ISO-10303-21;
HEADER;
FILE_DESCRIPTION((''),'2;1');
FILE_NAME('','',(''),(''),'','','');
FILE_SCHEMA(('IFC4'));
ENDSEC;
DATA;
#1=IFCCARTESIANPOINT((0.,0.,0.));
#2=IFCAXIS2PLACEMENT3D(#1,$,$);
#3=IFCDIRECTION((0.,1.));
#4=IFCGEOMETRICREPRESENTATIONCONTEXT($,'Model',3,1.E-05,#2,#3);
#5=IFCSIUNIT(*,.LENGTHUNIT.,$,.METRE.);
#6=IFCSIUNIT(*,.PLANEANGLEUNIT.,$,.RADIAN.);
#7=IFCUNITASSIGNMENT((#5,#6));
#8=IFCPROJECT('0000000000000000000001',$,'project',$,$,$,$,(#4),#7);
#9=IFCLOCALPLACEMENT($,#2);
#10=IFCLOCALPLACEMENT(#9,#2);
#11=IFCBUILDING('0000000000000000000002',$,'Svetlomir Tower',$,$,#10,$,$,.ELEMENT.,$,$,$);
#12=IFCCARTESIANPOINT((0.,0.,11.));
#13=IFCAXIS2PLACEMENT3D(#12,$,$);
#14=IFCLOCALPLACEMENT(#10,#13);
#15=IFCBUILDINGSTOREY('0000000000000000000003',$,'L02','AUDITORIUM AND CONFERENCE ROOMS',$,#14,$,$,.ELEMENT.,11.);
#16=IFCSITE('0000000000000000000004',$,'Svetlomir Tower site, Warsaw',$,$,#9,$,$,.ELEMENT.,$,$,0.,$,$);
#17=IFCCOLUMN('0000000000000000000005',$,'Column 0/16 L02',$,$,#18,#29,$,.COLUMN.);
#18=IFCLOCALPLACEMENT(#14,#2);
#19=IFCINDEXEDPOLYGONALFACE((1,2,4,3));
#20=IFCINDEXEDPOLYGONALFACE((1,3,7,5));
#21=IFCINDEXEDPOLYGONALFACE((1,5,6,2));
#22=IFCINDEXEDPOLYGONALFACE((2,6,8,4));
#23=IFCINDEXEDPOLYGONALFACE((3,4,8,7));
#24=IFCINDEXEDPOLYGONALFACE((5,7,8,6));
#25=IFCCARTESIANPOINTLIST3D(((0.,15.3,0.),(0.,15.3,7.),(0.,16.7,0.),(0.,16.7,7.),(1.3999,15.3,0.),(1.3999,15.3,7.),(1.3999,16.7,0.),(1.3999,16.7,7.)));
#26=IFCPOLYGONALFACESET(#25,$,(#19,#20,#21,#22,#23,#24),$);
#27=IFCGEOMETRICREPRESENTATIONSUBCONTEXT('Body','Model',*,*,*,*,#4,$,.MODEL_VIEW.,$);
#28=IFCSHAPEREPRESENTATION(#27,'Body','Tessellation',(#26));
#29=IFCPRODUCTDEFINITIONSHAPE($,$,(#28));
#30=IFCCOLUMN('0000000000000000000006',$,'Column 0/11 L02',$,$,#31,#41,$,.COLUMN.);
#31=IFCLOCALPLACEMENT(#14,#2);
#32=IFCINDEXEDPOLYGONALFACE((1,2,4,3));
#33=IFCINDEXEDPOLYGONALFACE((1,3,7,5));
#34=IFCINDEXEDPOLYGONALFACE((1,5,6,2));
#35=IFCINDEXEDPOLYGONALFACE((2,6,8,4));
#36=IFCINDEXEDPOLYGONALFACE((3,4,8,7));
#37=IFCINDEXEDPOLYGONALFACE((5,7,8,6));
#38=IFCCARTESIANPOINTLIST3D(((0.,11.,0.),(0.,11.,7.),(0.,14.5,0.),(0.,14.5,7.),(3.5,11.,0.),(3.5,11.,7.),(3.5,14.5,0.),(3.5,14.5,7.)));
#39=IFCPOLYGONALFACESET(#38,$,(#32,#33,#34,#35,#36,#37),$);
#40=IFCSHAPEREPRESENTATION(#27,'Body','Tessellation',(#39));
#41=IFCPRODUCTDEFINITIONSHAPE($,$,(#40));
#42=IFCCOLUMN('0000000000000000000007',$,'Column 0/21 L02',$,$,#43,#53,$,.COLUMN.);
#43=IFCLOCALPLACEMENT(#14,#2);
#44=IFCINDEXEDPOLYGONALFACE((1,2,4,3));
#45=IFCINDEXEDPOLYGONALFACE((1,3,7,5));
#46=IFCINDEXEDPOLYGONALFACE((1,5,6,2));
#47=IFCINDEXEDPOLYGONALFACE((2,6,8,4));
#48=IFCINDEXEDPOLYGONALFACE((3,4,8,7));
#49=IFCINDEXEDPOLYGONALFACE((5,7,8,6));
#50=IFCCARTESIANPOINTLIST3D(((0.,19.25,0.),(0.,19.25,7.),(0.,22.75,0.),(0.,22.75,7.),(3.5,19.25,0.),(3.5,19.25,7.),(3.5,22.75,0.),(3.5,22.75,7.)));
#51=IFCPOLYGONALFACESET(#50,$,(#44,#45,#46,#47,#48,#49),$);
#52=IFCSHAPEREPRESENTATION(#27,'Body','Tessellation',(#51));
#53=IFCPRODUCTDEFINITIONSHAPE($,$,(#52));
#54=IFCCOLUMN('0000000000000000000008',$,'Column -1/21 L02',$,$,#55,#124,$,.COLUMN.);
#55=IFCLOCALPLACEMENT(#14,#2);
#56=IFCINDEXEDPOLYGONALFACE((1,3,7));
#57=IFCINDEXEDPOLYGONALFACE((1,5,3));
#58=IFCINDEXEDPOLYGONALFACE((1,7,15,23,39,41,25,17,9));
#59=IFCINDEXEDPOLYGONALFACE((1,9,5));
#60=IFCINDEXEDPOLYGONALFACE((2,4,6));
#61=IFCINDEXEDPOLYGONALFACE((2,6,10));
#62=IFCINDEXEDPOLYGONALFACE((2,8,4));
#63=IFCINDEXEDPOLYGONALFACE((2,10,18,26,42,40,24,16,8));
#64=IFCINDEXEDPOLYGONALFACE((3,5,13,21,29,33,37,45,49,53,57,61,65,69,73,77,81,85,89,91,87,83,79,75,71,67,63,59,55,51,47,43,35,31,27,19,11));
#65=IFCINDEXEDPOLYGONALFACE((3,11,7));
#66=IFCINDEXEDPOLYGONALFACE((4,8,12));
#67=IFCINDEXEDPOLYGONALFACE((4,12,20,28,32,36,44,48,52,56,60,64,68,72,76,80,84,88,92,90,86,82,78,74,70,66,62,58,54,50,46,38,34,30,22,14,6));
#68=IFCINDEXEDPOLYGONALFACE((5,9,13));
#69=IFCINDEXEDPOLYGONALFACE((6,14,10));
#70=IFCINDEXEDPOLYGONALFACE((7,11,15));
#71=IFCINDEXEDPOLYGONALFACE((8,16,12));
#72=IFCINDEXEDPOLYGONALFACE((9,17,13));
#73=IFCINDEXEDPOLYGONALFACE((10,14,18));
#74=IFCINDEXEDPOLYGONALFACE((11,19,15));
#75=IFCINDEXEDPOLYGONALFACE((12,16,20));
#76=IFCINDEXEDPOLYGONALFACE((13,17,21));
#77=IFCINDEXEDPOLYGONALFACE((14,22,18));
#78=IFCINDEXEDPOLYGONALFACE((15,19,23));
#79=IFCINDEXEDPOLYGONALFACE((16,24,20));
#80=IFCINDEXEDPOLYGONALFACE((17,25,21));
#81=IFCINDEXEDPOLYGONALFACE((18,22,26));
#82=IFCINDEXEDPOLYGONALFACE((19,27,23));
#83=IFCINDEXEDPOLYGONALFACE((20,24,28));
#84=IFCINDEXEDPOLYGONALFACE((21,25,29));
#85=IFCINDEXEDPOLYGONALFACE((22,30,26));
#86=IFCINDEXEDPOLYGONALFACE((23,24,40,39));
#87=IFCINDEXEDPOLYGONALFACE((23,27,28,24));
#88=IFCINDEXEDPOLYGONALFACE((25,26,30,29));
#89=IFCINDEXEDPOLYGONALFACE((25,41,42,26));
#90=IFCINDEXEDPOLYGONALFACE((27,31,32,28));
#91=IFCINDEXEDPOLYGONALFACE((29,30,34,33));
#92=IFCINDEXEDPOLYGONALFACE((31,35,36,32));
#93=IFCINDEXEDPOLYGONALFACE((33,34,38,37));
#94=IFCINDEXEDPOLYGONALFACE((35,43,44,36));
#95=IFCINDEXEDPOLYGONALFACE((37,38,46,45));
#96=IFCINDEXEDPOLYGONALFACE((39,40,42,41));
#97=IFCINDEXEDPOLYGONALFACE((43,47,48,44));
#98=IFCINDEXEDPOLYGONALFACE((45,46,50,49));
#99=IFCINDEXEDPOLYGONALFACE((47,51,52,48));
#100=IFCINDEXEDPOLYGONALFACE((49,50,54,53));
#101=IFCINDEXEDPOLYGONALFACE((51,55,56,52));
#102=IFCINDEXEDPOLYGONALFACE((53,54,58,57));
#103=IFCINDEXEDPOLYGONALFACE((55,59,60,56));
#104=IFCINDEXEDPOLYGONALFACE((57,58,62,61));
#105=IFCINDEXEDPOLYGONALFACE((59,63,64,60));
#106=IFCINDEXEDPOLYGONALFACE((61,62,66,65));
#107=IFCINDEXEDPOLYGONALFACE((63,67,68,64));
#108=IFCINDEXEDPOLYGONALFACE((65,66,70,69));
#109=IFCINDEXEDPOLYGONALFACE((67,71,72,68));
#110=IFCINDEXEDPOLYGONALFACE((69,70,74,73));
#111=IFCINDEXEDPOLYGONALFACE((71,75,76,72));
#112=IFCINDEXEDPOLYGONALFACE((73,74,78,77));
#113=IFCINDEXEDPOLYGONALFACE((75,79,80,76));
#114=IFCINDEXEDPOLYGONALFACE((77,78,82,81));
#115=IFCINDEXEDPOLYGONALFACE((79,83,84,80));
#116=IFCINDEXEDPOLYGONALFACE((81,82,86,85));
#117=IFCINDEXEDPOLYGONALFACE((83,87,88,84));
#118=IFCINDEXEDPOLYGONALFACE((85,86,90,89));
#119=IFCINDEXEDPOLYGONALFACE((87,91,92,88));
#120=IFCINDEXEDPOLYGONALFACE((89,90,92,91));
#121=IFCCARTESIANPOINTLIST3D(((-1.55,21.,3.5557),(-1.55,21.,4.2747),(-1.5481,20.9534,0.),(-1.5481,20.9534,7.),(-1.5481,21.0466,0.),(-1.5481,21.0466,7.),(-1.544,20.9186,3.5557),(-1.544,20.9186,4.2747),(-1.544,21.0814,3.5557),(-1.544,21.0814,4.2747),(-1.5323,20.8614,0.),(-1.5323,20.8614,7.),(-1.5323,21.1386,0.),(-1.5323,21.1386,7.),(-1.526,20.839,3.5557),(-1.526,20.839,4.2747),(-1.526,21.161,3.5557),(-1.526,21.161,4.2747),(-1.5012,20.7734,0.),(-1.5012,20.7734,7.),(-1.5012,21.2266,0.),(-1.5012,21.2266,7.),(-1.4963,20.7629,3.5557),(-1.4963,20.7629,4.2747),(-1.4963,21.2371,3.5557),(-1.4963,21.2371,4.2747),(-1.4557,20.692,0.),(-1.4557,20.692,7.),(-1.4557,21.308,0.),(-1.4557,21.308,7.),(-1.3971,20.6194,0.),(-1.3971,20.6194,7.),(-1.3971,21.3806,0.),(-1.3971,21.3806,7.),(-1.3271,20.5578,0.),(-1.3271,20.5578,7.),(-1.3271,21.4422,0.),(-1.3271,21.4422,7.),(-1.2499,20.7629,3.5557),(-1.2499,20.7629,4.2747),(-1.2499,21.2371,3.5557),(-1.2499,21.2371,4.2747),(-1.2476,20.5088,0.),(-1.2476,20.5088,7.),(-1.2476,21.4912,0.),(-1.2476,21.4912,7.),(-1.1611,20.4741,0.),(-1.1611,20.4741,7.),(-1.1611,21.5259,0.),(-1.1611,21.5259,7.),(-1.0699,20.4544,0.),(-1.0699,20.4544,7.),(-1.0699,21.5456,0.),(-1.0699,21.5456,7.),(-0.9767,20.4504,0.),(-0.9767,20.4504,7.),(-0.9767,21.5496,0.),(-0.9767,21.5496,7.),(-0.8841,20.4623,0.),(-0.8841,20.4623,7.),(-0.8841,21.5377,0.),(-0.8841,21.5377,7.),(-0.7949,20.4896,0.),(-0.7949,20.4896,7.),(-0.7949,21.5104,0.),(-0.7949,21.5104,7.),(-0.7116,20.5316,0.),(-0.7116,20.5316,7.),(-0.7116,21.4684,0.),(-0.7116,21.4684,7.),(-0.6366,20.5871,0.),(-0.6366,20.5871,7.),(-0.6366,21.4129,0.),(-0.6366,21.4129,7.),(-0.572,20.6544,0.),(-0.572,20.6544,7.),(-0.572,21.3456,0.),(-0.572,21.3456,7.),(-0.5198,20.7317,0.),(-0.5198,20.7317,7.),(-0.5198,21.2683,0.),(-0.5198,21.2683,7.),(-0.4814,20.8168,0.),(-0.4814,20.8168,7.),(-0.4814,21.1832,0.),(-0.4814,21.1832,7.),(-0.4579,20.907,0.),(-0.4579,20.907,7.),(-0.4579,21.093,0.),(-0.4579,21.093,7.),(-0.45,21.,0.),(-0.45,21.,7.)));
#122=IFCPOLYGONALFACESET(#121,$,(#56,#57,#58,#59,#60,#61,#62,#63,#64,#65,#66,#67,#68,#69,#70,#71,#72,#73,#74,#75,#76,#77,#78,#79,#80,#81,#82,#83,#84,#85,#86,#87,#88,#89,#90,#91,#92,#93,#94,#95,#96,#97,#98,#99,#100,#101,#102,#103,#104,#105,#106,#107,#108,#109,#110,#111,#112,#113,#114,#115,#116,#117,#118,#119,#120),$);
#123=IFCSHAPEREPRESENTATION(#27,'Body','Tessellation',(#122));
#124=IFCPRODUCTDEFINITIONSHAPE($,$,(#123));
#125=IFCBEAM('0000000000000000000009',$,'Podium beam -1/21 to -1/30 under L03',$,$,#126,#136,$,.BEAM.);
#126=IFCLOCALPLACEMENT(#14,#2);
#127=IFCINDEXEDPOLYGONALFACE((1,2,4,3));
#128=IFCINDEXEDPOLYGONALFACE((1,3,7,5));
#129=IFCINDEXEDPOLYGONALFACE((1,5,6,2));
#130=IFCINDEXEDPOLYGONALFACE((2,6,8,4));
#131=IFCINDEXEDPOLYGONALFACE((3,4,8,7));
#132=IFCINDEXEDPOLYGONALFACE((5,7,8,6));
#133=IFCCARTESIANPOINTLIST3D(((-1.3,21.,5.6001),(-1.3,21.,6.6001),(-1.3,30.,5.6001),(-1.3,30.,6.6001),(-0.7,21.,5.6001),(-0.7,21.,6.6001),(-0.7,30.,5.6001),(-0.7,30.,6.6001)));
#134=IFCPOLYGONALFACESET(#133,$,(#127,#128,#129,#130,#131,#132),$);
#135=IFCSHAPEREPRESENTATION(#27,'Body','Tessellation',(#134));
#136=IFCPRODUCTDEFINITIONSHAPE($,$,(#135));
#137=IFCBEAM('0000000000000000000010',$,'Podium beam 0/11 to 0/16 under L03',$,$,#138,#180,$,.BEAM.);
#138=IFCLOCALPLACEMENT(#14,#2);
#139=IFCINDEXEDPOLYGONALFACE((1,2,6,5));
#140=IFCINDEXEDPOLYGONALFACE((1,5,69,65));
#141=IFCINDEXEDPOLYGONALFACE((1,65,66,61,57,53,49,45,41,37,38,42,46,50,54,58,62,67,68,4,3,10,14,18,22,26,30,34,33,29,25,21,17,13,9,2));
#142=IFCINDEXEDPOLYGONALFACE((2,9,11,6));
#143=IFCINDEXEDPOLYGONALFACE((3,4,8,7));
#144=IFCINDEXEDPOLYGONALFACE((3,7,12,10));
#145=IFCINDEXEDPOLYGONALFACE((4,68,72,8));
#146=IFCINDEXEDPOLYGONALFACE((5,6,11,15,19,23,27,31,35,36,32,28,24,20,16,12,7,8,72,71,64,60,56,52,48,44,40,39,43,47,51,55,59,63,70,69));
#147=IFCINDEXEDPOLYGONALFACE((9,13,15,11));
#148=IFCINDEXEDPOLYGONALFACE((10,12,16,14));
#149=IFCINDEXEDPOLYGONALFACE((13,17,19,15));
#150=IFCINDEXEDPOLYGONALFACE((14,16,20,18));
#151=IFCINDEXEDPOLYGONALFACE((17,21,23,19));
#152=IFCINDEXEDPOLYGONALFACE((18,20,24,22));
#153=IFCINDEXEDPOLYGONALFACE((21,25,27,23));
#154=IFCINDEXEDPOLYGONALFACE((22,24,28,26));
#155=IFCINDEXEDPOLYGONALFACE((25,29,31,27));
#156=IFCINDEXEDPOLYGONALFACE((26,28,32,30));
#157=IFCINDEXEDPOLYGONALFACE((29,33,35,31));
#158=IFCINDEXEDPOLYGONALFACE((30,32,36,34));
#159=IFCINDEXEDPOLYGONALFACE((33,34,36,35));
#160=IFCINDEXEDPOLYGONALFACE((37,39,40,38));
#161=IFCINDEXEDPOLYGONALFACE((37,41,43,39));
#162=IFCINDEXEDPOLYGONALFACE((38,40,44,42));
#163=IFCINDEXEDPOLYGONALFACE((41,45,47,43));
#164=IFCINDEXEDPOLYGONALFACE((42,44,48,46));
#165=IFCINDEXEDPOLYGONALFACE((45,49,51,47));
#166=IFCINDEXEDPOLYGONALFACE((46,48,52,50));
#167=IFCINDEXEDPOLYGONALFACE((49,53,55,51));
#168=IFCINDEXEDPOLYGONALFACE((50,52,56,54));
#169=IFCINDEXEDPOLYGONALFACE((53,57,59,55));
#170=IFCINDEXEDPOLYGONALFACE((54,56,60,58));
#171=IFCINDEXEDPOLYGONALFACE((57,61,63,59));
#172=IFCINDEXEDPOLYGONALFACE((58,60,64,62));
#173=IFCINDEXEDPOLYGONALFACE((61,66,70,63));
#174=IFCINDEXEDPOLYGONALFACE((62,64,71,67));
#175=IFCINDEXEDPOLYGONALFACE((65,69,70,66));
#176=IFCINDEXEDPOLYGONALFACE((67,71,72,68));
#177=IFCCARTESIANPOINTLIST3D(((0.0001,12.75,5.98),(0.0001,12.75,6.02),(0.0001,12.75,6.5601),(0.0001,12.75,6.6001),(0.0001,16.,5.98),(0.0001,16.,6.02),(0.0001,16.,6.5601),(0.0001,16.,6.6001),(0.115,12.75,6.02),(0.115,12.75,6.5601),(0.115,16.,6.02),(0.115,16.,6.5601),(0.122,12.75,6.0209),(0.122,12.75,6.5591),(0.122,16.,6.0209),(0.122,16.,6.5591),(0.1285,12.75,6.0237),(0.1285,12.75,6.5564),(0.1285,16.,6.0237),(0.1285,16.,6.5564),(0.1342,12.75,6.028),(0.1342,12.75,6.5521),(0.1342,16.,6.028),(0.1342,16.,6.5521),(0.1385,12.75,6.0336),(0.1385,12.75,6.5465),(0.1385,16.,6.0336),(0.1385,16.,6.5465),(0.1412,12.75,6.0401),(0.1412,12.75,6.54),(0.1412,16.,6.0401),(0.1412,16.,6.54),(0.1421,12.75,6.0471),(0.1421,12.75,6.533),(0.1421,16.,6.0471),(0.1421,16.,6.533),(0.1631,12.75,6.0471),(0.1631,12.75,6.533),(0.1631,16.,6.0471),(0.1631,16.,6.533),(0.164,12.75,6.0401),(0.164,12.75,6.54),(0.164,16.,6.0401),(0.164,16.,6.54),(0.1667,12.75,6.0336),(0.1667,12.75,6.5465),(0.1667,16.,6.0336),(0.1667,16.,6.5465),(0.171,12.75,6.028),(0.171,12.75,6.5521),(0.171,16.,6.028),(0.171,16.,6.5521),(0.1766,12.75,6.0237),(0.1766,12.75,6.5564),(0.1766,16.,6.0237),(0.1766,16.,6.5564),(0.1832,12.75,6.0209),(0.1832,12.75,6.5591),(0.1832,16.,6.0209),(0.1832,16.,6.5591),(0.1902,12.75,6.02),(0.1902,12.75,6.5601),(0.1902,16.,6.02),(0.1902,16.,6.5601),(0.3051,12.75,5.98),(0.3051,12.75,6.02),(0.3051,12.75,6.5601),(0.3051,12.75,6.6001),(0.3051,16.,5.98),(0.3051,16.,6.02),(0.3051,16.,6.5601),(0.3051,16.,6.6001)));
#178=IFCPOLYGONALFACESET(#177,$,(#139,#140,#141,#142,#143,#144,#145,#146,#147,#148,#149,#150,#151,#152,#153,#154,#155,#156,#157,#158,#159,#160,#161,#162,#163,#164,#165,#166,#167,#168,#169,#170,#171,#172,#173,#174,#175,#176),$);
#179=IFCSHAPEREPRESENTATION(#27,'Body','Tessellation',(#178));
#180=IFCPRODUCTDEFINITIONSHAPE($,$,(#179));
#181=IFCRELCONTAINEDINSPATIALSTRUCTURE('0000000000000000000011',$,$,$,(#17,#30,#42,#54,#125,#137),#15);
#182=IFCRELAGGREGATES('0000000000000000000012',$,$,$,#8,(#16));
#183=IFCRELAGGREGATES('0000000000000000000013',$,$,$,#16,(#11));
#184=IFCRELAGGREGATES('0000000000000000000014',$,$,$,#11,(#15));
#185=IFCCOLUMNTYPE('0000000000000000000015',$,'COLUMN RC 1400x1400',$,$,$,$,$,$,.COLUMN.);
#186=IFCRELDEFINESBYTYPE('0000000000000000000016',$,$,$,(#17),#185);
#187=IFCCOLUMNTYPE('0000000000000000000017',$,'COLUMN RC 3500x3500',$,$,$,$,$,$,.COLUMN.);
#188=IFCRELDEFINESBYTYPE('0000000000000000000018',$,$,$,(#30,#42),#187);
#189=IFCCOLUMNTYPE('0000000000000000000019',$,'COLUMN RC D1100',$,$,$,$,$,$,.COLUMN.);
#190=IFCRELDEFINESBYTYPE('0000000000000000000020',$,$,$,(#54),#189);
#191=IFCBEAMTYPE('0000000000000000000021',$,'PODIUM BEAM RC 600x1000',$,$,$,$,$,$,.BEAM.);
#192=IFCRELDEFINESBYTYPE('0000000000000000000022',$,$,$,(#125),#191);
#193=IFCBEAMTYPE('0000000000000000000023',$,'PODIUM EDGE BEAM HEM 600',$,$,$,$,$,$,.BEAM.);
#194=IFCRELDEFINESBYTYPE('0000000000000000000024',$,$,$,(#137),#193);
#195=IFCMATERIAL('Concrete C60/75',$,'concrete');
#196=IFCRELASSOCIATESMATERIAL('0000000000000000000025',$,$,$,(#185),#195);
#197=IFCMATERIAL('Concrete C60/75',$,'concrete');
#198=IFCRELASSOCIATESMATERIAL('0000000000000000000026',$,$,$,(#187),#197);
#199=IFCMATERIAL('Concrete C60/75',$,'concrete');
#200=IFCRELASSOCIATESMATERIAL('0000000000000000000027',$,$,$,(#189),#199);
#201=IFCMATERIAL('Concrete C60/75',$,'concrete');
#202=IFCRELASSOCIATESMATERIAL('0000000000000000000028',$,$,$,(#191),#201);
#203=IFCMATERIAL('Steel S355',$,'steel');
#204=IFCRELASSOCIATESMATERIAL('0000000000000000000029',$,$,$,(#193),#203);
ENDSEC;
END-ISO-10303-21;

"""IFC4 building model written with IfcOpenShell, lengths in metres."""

from ifc_helpers import new_model, si_unit, direction, frame, origin, origin_2d, place, context, subcontext, project, spatial, rectangle, circle, i_section, extrude, material, material_profile, profile_set, type_object, element, save


model = new_model("IFC4")

# Units and contexts
model_context = context("Model", 3, precision=1e-05, world=origin(), true_north=direction((0.0, 1.0)))
body_context = subcontext(model_context, "Body", "Model", "MODEL_VIEW")
ifc_project = project(units=[si_unit("LENGTHUNIT", "METRE"), si_unit("PLANEANGLEUNIT", "RADIAN")], contexts=[model_context])

# Site, building, storey
site_placement = place(None, origin())
site = spatial("IfcSite", under=ifc_project, at=site_placement, Name="Svetlomir Tower site, Warsaw", CompositionType="ELEMENT", RefElevation=0.0)
building_placement = place(site_placement, origin())
building = spatial("IfcBuilding", under=site, at=building_placement, Name="Svetlomir Tower", CompositionType="ELEMENT")
storey_placement = place(building_placement, frame((0.0, 0.0, 11.0)))
storey = spatial("IfcBuildingStorey", under=building, at=storey_placement, Name="L02", Description="AUDITORIUM AND CONFERENCE ROOMS", CompositionType="ELEMENT", Elevation=11.0)

# Columns
ifc_material_1 = material(Name="Concrete C60/75", Category="concrete")
ifc_material_profile_1 = material_profile(ifc_material_1, rectangle(XDim=1.3999, YDim=1.3999, at=origin_2d()), Name="RC 1400x1400")
ifc_profile_set_1 = profile_set([ifc_material_profile_1], Name="Concrete C60/75")
column_type_1 = type_object("IfcColumnType", Name="COLUMN RC 1400x1400", PredefinedType="COLUMN", material=ifc_profile_set_1)
column_1_placement = place(storey_placement, frame((0.7, 16.0, 0.0), z_axis=(0.0, 0.0, 1.0), x_axis=(1.0, 0.0, 0.0)))
element("IfcColumn", 1, at=column_1_placement, inside=storey, type_object=column_type_1, Name="Column 0/16 L02", PredefinedType="COLUMN", context=body_context, shape_type="SweptSolid", body=[
    extrude(rectangle(XDim=1.3999, YDim=1.3999, at=origin_2d()), origin(), (0.0, 0.0, 1.0), 7.0),
])
ifc_material_2 = material(Name="Concrete C60/75", Category="concrete")
ifc_material_profile_2 = material_profile(ifc_material_2, rectangle(XDim=3.5, YDim=3.5, at=origin_2d()), Name="RC 3500x3500")
ifc_profile_set_2 = profile_set([ifc_material_profile_2], Name="Concrete C60/75")
column_type_2 = type_object("IfcColumnType", Name="COLUMN RC 3500x3500", PredefinedType="COLUMN", material=ifc_profile_set_2)
for number, where, z_axis, x_axis, name in (
    (2, (1.75, 12.75, 0.0), (0.0, 0.0, 1.0), (1.0, 0.0, 0.0), "Column 0/11 L02"),
    (3, (1.75, 21.0, 0.0), (0.0, 0.0, 1.0), (1.0, 0.0, 0.0), "Column 0/21 L02"),
):
    element("IfcColumn", number, at=place(storey_placement, frame(where, z_axis=z_axis, x_axis=x_axis)), inside=storey, type_object=column_type_2, Name=name, PredefinedType="COLUMN", context=body_context, shape_type="SweptSolid", body=[
        extrude(rectangle(XDim=3.5, YDim=3.5, at=origin_2d()), origin(), (0.0, 0.0, 1.0), 7.0),
    ])

# Column, opening
ifc_material_3 = material(Name="Concrete C60/75", Category="concrete")
ifc_material_profile_3 = material_profile(ifc_material_3, circle(Radius=0.55, at=origin_2d()), Name="RC D1100")
ifc_profile_set_3 = profile_set([ifc_material_profile_3], Name="Concrete C60/75")
column_type_3 = type_object("IfcColumnType", Name="COLUMN RC D1100", PredefinedType="COLUMN", material=ifc_profile_set_3)
column_2_placement = place(storey_placement, frame((-1.0, 21.0, 0.0), z_axis=(0.0, 0.0, 1.0), x_axis=(1.0, 0.0, 0.0)))
column_2 = element("IfcColumn", 4, at=column_2_placement, inside=storey, type_object=column_type_3, Name="Column -1/21 L02", PredefinedType="COLUMN", context=body_context, shape_type="SweptSolid", body=[
    extrude(circle(Radius=0.55, at=origin_2d()), origin(), (0.0, 0.0, 1.0), 7.0),
])
opening_1_placement = place(storey_placement, frame((-1.4099, 21.0, 3.5557), z_axis=(0.0, 0.0, 1.0), x_axis=(1.0, 0.0, 0.0)))
element("IfcOpeningElement", 5, at=opening_1_placement, cuts=column_2, PredefinedType="RECESS", context=body_context, shape_type="SweptSolid", body=[
    extrude(rectangle(XDim=0.3201, YDim=0.4741, at=origin_2d()), origin(), (0.0, 0.0, 1.0), 0.719),
])

# Beams
ifc_material_4 = material(Name="Concrete C60/75", Category="concrete")
ifc_material_profile_4 = material_profile(ifc_material_4, rectangle(XDim=0.6001, YDim=1.0, at=origin_2d()), Name="RC 600x1000")
ifc_profile_set_4 = profile_set([ifc_material_profile_4], Name="Concrete C60/75")
beam_type_1 = type_object("IfcBeamType", Name="PODIUM BEAM RC 600x1000", PredefinedType="BEAM", material=ifc_profile_set_4)
beam_1_placement = place(storey_placement, frame((-1.0, 21.0, 6.1001), z_axis=(0.0, 1.0, 0.0), x_axis=(-1.0, 0.0, 0.0)))
element("IfcBeam", 6, at=beam_1_placement, inside=storey, type_object=beam_type_1, Name="Podium beam -1/21 to -1/30 under L03", PredefinedType="BEAM", context=body_context, shape_type="SweptSolid", body=[
    extrude(rectangle(XDim=0.6001, YDim=1.0, at=origin_2d()), origin(), (0.0, 0.0, 1.0), 9.0),
])
ifc_material_5 = material(Name="Steel S355", Category="steel")
ifc_material_profile_5 = material_profile(ifc_material_5, i_section(OverallWidth=0.3049, OverallDepth=0.6201, WebThickness=0.021, FlangeThickness=0.04, FilletRadius=0.0271, at=origin_2d()), Name="HEM 600")
ifc_profile_set_5 = profile_set([ifc_material_profile_5], Name="Steel S355")
beam_type_2 = type_object("IfcBeamType", Name="PODIUM EDGE BEAM HEM 600", PredefinedType="BEAM", material=ifc_profile_set_5)
beam_2_placement = place(storey_placement, frame((0.1526, 12.75, 6.29), z_axis=(0.0, 1.0, 0.0), x_axis=(-1.0, 0.0, 0.0)))
element("IfcBeam", 7, at=beam_2_placement, inside=storey, type_object=beam_type_2, Name="Podium beam 0/11 to 0/16 under L03", PredefinedType="BEAM", context=body_context, shape_type="SweptSolid", body=[
    extrude(i_section(OverallWidth=0.3049, OverallDepth=0.6201, WebThickness=0.021, FlangeThickness=0.04, FilletRadius=0.0271, at=origin_2d()), origin(), (0.0, 0.0, 1.0), 3.25),
])

save(model, "model.ifc")
